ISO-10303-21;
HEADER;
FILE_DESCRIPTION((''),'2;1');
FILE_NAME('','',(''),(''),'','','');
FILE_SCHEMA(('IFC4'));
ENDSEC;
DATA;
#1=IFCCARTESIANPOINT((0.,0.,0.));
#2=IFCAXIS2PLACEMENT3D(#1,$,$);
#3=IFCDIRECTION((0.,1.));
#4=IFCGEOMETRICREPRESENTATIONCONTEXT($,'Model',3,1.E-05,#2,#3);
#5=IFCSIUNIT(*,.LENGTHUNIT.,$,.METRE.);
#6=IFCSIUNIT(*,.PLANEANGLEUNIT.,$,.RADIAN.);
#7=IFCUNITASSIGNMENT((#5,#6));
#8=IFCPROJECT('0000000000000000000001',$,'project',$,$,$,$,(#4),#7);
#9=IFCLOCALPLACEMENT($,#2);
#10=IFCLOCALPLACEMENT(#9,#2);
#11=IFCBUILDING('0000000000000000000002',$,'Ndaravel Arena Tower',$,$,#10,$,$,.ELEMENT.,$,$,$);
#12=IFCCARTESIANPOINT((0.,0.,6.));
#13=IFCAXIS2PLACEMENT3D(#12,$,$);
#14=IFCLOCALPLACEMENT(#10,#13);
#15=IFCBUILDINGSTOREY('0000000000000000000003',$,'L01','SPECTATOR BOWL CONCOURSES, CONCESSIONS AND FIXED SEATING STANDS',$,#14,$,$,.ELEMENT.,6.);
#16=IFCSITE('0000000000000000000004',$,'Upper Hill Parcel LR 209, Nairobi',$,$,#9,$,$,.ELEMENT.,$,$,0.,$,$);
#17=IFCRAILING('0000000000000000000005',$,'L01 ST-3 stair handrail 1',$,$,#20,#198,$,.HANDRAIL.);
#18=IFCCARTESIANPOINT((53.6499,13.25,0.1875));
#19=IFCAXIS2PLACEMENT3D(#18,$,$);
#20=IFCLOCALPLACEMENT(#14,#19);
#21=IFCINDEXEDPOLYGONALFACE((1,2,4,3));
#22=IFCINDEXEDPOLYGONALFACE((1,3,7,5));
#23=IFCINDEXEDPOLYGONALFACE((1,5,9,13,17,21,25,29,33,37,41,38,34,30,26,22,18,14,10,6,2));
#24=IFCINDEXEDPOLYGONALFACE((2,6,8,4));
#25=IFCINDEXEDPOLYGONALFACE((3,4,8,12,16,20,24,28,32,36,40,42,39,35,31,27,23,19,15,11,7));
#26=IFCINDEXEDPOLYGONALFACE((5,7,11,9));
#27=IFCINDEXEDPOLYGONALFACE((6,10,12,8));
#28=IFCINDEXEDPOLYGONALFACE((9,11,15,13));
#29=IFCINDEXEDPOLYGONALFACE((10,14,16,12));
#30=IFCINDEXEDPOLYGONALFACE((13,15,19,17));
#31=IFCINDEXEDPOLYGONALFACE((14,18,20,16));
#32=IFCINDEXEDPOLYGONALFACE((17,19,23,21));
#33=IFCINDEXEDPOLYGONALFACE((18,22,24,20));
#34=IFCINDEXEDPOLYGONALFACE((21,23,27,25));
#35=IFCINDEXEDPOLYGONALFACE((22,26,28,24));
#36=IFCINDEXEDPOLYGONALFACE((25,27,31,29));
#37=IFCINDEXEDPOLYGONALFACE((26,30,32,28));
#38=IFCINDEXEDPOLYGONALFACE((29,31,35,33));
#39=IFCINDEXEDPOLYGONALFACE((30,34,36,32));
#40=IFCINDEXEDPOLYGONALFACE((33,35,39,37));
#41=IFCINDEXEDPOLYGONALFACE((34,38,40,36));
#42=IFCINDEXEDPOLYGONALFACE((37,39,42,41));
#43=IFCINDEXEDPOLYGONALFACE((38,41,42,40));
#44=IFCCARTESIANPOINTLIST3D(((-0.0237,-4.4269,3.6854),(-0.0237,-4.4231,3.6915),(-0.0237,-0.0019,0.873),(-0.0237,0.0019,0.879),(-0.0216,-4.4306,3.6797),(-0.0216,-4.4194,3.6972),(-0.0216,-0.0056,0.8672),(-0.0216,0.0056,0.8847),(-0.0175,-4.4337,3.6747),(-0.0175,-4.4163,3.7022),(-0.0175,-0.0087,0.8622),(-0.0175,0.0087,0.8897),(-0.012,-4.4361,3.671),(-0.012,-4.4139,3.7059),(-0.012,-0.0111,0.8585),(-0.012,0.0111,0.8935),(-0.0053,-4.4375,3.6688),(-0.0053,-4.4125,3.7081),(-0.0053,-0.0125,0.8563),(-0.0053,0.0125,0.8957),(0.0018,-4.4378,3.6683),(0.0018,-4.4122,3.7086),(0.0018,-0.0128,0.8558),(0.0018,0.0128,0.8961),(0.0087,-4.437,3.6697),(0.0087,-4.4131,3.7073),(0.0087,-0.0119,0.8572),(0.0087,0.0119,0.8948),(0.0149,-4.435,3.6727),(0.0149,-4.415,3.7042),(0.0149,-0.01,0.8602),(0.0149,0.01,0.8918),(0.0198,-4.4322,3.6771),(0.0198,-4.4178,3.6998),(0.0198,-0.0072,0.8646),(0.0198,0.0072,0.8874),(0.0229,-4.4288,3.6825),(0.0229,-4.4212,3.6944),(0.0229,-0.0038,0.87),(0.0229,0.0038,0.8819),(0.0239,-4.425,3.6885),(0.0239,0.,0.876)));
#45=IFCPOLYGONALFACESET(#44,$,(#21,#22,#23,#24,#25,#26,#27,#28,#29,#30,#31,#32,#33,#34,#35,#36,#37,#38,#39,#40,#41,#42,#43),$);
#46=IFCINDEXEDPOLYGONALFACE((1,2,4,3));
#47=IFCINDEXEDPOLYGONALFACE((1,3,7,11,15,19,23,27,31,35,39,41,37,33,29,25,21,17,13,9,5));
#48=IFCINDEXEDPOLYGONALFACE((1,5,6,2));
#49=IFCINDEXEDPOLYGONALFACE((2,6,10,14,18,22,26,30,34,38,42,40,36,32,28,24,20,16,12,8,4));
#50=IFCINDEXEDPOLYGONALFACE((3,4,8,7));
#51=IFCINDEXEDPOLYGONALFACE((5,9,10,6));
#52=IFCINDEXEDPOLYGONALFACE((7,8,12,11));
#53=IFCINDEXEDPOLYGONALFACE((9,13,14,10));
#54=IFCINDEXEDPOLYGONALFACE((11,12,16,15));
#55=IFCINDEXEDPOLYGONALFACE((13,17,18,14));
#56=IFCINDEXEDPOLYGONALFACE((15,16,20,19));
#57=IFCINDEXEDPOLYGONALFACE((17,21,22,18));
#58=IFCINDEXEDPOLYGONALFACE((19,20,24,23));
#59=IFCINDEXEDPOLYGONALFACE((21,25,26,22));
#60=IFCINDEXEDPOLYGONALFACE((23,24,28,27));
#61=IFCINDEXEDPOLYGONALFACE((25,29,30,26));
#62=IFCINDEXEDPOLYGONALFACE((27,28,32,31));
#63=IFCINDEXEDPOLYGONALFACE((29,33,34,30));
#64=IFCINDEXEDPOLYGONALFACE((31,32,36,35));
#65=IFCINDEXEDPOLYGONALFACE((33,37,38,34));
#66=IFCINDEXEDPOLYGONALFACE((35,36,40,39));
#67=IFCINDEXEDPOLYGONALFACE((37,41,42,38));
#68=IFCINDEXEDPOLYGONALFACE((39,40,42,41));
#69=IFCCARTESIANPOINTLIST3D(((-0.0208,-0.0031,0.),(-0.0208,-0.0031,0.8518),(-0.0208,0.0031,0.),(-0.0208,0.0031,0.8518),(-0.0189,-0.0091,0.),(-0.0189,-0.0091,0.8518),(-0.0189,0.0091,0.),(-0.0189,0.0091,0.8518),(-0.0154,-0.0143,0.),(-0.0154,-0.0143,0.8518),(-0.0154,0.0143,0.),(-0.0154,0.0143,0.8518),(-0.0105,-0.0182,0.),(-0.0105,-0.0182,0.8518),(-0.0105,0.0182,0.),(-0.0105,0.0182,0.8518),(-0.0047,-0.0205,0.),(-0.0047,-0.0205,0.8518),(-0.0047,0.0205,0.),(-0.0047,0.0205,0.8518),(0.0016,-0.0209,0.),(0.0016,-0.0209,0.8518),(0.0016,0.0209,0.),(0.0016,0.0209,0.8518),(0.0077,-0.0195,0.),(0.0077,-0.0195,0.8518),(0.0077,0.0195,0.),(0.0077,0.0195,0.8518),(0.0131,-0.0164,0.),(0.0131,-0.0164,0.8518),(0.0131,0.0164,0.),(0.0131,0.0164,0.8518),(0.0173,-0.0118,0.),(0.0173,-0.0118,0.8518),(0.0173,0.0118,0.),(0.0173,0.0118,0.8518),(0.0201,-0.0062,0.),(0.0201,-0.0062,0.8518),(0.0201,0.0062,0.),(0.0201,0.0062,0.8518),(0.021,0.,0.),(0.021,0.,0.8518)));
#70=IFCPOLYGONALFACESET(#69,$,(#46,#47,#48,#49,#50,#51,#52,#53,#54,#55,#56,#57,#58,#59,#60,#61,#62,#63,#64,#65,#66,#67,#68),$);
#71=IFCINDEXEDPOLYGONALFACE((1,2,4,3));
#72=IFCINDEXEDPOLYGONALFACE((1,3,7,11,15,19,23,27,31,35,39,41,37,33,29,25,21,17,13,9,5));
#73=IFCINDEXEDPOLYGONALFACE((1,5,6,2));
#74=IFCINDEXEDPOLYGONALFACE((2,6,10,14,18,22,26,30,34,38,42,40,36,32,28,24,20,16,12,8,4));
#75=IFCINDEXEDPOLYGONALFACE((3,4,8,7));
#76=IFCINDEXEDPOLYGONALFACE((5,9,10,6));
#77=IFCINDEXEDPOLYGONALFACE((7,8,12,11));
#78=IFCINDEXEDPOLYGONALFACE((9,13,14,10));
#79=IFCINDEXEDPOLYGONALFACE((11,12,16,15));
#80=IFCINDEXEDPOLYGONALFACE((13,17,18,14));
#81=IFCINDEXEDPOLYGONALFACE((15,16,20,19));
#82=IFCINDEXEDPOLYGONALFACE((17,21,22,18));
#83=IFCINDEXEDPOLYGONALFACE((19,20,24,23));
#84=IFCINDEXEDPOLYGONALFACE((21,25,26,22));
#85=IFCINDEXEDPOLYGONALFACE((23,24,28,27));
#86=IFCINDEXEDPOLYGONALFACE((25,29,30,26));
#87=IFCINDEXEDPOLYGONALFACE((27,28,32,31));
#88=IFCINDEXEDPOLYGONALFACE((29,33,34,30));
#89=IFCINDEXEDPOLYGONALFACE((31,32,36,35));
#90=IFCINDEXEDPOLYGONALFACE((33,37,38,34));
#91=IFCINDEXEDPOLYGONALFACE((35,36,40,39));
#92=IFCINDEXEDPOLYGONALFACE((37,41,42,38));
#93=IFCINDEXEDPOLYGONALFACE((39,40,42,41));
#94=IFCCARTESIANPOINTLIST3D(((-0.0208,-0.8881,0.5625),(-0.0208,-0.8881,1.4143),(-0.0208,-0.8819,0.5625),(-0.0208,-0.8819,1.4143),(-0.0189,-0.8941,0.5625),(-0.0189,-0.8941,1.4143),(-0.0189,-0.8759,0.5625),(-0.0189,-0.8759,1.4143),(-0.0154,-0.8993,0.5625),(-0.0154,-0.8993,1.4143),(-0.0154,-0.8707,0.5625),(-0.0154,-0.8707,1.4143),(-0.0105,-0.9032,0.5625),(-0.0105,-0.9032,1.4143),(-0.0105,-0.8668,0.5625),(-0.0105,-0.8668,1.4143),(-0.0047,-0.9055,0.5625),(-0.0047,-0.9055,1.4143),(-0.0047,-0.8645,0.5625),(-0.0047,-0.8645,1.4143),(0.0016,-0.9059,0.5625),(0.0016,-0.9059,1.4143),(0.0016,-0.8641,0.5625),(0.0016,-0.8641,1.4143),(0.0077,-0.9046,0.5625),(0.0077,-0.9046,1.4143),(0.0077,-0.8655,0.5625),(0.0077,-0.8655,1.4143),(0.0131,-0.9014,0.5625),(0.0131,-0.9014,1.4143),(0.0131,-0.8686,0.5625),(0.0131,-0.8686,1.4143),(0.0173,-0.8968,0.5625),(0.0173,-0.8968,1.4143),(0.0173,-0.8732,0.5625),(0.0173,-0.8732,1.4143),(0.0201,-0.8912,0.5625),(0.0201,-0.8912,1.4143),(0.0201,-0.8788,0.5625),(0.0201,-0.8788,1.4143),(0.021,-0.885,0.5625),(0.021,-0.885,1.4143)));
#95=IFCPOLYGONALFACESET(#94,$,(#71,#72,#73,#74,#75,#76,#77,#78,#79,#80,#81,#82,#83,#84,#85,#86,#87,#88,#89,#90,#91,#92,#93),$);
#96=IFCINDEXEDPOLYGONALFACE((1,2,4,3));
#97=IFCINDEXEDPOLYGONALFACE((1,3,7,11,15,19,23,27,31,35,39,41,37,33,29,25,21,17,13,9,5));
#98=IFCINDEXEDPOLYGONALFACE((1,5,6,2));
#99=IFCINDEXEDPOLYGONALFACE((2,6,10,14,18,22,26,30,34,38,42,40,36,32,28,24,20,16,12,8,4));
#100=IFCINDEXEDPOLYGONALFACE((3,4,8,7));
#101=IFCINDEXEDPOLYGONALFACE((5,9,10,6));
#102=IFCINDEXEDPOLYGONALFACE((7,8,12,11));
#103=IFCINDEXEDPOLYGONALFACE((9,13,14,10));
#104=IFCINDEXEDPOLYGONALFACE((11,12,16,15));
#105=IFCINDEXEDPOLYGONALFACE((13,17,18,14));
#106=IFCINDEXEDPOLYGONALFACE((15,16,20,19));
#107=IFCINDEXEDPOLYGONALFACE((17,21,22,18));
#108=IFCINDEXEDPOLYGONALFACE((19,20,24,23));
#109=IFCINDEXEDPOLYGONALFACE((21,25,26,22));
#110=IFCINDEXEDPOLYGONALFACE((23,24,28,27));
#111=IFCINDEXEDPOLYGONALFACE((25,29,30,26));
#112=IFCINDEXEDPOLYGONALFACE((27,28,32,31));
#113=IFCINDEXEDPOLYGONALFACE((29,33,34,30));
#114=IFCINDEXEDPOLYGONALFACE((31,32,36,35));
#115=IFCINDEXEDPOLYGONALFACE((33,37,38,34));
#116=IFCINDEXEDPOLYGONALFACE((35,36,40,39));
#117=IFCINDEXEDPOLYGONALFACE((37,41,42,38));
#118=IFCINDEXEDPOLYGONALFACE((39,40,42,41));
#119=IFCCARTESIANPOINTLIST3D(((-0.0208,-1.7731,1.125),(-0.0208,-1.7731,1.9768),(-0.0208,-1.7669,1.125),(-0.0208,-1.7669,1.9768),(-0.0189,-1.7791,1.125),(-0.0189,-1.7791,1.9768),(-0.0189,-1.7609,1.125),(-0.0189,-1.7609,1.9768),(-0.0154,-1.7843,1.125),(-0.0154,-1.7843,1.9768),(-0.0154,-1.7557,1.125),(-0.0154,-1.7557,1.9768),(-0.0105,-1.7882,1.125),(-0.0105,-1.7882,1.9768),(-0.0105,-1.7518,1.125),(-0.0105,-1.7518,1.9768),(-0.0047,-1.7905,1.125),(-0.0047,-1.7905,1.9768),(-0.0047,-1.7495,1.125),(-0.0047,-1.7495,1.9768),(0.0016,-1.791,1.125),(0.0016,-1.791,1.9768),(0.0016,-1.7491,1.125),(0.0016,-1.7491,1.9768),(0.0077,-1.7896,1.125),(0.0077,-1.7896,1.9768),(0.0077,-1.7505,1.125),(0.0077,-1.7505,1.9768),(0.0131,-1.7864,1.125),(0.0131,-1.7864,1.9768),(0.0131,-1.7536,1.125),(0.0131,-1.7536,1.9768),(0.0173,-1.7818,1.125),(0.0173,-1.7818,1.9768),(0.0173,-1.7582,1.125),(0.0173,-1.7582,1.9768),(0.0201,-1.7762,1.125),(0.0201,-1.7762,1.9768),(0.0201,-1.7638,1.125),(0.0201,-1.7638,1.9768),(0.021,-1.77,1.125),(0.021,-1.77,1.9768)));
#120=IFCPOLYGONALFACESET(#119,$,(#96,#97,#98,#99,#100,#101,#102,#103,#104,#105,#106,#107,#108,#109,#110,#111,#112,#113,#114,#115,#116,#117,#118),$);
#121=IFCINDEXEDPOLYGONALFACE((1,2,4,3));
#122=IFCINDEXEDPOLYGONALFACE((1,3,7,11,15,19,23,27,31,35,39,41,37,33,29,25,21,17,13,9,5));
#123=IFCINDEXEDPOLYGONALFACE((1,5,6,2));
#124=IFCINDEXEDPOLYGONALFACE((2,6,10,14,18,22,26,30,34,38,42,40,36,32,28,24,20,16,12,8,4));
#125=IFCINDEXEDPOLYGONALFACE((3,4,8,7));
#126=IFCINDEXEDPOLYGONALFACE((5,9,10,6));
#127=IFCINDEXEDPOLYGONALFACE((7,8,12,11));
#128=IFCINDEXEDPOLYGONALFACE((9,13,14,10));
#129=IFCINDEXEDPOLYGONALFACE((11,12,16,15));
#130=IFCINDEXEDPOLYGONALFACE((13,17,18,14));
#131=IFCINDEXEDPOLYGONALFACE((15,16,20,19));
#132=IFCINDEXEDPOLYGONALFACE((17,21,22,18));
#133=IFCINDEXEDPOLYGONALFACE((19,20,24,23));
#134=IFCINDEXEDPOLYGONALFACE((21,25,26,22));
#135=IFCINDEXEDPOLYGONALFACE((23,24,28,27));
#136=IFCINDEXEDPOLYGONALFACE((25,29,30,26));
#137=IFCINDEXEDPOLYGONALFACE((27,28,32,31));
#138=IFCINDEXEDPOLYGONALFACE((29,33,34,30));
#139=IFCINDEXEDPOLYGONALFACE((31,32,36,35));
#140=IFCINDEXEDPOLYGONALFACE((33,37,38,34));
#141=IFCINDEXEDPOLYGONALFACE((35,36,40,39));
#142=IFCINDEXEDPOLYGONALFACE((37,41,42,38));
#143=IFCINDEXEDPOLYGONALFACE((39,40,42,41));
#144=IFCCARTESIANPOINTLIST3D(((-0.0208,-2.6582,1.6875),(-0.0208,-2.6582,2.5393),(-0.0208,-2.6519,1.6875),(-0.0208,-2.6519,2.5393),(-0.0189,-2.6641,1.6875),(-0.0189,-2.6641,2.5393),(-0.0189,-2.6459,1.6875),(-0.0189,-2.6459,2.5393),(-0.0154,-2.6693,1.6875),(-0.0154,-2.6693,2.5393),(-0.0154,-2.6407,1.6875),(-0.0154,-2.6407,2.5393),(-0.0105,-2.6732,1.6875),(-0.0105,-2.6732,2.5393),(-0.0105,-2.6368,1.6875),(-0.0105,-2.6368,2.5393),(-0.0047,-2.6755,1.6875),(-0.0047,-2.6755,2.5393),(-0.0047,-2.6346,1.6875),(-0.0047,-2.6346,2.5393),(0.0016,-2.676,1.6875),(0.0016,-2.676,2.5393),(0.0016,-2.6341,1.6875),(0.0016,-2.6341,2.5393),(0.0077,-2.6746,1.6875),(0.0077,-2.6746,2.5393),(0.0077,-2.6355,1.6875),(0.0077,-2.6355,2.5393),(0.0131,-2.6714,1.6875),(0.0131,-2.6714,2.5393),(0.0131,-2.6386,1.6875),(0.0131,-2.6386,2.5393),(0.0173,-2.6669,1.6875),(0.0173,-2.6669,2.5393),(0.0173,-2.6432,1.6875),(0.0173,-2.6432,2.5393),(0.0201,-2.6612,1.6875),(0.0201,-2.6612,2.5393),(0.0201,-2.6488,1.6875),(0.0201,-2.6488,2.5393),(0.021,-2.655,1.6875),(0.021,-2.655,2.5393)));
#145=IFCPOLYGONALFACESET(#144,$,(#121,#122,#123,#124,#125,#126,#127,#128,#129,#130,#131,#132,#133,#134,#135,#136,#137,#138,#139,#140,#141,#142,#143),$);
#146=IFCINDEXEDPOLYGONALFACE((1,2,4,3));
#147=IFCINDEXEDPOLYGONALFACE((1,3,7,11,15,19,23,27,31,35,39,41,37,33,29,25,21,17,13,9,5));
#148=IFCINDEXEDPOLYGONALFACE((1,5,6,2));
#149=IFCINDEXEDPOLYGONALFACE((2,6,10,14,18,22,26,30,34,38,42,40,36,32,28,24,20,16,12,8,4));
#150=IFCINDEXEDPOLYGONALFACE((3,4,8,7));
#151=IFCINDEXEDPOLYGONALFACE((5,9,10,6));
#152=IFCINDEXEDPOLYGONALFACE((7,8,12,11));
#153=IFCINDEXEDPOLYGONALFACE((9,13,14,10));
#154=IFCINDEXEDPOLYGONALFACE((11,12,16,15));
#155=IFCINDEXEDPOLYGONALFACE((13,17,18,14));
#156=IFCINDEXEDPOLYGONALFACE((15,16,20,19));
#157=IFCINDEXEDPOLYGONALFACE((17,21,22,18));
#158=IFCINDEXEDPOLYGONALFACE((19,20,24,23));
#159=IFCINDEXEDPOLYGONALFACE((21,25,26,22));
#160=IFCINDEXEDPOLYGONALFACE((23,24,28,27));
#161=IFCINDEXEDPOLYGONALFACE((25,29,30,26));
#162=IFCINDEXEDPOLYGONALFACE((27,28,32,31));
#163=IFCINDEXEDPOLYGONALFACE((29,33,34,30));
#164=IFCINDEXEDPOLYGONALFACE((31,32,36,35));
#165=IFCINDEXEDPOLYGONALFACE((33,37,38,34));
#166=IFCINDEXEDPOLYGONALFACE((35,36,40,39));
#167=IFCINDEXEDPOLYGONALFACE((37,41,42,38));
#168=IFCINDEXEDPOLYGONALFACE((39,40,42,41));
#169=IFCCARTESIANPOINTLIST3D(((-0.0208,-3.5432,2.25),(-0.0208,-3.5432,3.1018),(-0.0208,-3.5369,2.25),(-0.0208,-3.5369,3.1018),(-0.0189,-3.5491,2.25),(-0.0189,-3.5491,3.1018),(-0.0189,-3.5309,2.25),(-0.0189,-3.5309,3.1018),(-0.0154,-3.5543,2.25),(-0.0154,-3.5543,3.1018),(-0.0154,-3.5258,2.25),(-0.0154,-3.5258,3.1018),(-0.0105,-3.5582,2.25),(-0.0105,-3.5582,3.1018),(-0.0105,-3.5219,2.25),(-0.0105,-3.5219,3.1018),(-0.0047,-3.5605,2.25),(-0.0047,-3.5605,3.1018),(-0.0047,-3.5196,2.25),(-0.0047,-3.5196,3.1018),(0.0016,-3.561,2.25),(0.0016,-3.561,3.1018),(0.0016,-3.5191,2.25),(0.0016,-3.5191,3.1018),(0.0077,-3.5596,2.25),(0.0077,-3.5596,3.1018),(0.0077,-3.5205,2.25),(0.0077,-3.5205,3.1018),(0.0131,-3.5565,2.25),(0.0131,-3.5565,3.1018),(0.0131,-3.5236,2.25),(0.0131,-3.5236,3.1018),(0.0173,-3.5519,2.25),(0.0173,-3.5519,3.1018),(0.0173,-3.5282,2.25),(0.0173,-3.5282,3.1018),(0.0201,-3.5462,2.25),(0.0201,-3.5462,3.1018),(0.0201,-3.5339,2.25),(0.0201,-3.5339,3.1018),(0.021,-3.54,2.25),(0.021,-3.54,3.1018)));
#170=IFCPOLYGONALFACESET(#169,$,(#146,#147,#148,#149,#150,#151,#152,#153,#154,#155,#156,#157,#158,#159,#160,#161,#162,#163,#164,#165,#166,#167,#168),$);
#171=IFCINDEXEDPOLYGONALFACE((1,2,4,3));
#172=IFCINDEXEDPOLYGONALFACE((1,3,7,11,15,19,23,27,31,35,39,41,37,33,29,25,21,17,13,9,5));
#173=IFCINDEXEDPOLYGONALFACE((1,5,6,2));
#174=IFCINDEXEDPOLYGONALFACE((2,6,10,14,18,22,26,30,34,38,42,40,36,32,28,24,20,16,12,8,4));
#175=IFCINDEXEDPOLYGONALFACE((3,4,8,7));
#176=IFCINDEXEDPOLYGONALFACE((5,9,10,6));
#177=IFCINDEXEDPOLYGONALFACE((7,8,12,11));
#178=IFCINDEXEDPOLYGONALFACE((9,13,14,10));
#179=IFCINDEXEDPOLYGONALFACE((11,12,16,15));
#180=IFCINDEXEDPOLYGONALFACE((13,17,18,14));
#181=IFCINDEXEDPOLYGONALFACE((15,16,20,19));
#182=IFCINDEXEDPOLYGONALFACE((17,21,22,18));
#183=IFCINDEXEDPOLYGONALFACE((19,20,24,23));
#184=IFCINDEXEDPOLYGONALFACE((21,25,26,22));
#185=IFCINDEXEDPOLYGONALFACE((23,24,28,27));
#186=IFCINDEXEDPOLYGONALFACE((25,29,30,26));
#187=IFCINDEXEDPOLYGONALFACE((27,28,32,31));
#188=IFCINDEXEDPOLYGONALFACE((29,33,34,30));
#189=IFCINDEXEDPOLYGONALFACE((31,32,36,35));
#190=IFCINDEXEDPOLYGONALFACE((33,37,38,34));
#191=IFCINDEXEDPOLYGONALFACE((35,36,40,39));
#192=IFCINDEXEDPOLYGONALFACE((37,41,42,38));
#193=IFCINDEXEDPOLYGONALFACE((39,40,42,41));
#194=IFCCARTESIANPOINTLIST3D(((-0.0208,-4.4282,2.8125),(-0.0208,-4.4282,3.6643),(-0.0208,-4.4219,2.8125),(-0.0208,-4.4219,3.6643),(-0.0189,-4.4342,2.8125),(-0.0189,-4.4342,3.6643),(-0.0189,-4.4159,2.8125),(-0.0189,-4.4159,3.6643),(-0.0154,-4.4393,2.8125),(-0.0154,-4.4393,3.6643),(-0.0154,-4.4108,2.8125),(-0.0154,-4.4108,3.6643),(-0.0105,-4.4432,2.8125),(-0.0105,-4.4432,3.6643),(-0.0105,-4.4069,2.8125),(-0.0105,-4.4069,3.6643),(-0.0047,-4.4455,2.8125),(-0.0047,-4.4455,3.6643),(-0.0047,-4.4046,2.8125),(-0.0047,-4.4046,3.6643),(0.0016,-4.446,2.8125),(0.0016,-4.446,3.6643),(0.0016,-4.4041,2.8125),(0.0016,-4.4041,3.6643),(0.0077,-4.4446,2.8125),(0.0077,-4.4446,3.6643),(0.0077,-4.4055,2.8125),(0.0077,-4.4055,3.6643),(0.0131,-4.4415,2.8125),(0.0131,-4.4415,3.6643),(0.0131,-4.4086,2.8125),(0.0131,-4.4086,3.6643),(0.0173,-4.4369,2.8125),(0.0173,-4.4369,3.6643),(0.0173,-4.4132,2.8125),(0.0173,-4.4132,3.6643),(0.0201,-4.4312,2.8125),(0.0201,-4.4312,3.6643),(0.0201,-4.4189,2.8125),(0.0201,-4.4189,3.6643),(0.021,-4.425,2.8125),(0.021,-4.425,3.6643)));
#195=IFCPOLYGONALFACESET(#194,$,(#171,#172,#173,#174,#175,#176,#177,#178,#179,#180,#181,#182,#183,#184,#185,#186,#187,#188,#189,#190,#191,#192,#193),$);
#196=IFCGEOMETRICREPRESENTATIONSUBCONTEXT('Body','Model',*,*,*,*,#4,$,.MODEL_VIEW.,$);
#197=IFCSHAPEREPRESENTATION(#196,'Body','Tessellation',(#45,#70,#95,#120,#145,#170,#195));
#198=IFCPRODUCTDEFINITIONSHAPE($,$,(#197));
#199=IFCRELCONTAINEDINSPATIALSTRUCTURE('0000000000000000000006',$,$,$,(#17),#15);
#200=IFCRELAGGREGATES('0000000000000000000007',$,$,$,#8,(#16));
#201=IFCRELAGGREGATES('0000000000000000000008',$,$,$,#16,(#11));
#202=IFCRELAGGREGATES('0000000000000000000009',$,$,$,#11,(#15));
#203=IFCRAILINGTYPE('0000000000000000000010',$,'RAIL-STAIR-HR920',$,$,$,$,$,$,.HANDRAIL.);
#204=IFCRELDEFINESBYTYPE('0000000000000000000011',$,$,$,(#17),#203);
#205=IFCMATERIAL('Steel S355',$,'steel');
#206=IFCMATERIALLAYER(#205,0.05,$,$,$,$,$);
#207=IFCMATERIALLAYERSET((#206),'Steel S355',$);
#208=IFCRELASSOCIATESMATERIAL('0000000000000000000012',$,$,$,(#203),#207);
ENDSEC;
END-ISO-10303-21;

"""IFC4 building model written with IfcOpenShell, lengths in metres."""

from ifc_helpers import new_model, si_unit, direction, frame, origin, origin_2d, place, context, subcontext, project, spatial, circle, extrude, material, layer, layer_set, type_object, element, save


model = new_model("IFC4")

# Units and contexts
model_context = context("Model", 3, precision=1e-05, world=origin(), true_north=direction((0.0, 1.0)))
body_context = subcontext(model_context, "Body", "Model", "MODEL_VIEW")
ifc_project = project(units=[si_unit("LENGTHUNIT", "METRE"), si_unit("PLANEANGLEUNIT", "RADIAN")], contexts=[model_context])

# Site, building, storey
site_placement = place(None, origin())
site = spatial("IfcSite", under=ifc_project, at=site_placement, Name="Upper Hill Parcel LR 209, Nairobi", CompositionType="ELEMENT", RefElevation=0.0)
building_placement = place(site_placement, origin())
building = spatial("IfcBuilding", under=site, at=building_placement, Name="Ndaravel Arena Tower", CompositionType="ELEMENT")
storey_placement = place(building_placement, frame((0.0, 0.0, 6.0)))
storey = spatial("IfcBuildingStorey", under=building, at=storey_placement, Name="L01", Description="SPECTATOR BOWL CONCOURSES, CONCESSIONS AND FIXED SEATING STANDS", CompositionType="ELEMENT", Elevation=6.0)

# Railing
ifc_material_1 = material(Name="Steel S355", Category="steel")
ifc_layer_1 = layer(ifc_material_1, 0.05)
ifc_layer_set_1 = layer_set([ifc_layer_1], Name="Steel S355")
railing_type_1 = type_object("IfcRailingType", Name="RAIL-STAIR-HR920", PredefinedType="HANDRAIL", material=ifc_layer_set_1)
railing_1_placement = place(storey_placement, frame((53.6499, 13.25, 0.1875)))
element("IfcRailing", 1, at=railing_1_placement, inside=storey, type_object=railing_type_1, Name="L01 ST-3 stair handrail 1", PredefinedType="HANDRAIL", context=body_context, shape_type="SweptSolid", body=[
    extrude(circle(Radius=0.0239, at=origin_2d()), frame((0.0, 0.0, 0.876), z_axis=(0.0, -0.843959, 0.536408), x_axis=(1.0, 0.0, 0.0)), (0.0, 0.0, 1.0), 5.2432),
    extrude(circle(Radius=0.021, at=origin_2d()), origin(), (0.0, 0.0, 1.0), 0.8518),
    extrude(circle(Radius=0.021, at=origin_2d()), frame((0.0, -0.885, 0.5625)), (0.0, 0.0, 1.0), 0.8518),
    extrude(circle(Radius=0.021, at=origin_2d()), frame((0.0, -1.77, 1.125)), (0.0, 0.0, 1.0), 0.8518),
    extrude(circle(Radius=0.021, at=origin_2d()), frame((0.0, -2.655, 1.6875)), (0.0, 0.0, 1.0), 0.8518),
    extrude(circle(Radius=0.021, at=origin_2d()), frame((0.0, -3.54, 2.25)), (0.0, 0.0, 1.0), 0.8518),
    extrude(circle(Radius=0.021, at=origin_2d()), frame((0.0, -4.425, 2.8125)), (0.0, 0.0, 1.0), 0.8518),
])

save(model, "model.ifc")
